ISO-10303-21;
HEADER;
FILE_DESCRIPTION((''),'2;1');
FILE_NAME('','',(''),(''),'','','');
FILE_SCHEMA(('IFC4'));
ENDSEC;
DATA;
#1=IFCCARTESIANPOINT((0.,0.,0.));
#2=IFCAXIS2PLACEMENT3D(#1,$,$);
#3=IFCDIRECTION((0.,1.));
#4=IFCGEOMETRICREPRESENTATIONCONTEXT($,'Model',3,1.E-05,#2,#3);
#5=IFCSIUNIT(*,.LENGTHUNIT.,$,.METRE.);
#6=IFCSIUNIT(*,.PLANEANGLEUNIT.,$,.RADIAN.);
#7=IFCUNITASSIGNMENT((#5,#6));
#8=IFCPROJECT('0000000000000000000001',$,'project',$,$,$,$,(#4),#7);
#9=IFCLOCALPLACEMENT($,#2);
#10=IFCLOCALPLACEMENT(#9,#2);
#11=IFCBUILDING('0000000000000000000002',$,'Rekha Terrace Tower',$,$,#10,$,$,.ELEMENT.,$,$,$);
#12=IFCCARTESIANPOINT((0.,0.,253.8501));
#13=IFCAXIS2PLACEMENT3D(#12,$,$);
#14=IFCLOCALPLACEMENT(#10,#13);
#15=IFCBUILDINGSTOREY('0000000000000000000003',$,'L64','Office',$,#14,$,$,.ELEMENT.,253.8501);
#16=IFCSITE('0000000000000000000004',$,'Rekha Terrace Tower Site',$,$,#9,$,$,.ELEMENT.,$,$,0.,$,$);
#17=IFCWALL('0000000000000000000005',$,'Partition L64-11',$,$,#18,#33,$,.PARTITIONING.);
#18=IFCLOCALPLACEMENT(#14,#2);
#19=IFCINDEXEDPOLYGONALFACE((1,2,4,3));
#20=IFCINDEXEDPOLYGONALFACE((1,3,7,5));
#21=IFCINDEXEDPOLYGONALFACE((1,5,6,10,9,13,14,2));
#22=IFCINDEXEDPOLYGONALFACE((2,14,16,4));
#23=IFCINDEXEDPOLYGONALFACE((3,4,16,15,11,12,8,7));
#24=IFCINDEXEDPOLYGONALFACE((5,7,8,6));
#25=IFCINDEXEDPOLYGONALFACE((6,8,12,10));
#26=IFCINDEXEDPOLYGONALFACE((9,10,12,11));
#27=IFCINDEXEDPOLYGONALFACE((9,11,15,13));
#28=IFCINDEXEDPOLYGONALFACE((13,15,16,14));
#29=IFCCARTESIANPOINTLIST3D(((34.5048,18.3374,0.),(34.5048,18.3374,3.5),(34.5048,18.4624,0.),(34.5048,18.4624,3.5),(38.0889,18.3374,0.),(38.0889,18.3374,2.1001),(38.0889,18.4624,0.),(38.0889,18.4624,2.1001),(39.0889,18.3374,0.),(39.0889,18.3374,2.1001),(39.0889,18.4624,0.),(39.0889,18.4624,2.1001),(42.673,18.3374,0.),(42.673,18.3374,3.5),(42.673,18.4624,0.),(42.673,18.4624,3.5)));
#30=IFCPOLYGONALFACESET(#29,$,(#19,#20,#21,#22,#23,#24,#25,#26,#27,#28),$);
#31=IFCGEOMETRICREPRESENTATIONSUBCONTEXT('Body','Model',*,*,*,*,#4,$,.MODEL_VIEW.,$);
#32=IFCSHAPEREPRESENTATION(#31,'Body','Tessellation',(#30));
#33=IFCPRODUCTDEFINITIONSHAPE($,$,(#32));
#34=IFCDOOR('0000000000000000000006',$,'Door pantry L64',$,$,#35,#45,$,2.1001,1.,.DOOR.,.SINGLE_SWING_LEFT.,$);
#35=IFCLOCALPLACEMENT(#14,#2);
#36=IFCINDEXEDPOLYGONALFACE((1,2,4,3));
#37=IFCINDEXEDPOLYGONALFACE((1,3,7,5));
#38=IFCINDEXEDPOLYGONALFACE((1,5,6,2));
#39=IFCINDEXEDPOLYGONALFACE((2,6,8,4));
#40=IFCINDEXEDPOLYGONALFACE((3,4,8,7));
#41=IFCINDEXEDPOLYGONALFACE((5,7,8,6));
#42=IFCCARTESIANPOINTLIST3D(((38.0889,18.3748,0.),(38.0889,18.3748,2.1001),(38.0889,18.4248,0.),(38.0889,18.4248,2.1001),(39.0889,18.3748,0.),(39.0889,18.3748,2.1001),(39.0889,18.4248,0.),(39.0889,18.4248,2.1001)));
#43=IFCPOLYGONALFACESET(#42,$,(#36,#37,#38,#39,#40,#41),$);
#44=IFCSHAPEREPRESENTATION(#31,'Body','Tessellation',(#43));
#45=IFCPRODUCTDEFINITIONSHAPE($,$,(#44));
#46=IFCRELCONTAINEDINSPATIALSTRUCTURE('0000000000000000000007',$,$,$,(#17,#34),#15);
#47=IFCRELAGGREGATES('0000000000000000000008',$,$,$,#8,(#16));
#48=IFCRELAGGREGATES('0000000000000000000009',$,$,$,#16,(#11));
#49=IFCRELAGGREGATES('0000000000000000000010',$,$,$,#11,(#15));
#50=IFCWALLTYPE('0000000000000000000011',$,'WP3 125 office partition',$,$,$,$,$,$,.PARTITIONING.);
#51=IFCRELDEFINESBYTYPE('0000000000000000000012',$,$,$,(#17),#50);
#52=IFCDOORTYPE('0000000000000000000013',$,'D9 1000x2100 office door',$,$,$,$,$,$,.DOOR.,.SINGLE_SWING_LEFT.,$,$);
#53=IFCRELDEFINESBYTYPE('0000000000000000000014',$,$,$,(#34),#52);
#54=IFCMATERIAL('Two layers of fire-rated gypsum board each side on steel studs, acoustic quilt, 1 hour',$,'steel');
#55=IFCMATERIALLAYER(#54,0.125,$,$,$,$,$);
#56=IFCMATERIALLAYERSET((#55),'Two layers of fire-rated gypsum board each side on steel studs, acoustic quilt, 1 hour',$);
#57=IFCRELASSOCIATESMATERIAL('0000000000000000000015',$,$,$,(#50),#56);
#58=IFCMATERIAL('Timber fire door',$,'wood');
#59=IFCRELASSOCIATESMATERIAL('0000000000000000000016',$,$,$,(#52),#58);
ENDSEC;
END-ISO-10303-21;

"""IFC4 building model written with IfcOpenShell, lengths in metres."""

from ifc_helpers import new_model, si_unit, direction, frame, frame_2d, origin, place, context, subcontext, project, spatial, rectangle, extrude, material, layer, layer_set, type_object, element, fill, save


model = new_model("IFC4")

# Units and contexts
model_context = context("Model", 3, precision=1e-05, world=origin(), true_north=direction((0.0, 1.0)))
body_context = subcontext(model_context, "Body", "Model", "MODEL_VIEW")
ifc_project = project(units=[si_unit("LENGTHUNIT", "METRE"), si_unit("PLANEANGLEUNIT", "RADIAN")], contexts=[model_context])

# Site, building, storey
site_placement = place(None, origin())
site = spatial("IfcSite", under=ifc_project, at=site_placement, Name="Rekha Terrace Tower Site", CompositionType="ELEMENT", RefElevation=0.0)
building_placement = place(site_placement, origin())
building = spatial("IfcBuilding", under=site, at=building_placement, Name="Rekha Terrace Tower", CompositionType="ELEMENT")
storey_placement = place(building_placement, frame((0.0, 0.0, 253.8501)))
storey = spatial("IfcBuildingStorey", under=building, at=storey_placement, Name="L64", Description="Office", CompositionType="ELEMENT", Elevation=253.8501)

# Shared definitions
ifc_material_1 = material(Name="Two layers of fire-rated gypsum board each side on steel studs, acoustic quilt, 1 hour", Category="steel")
ifc_layer_1 = layer(ifc_material_1, 0.125)
ifc_layer_set_1 = layer_set([ifc_layer_1], Name="Two layers of fire-rated gypsum board each side on steel studs, acoustic quilt, 1 hour")
wall_type_1 = type_object("IfcWallType", Name="WP3 125 office partition", PredefinedType="PARTITIONING", material=ifc_layer_set_1)

# Shared definitions
ifc_material_2 = material(Name="Timber fire door", Category="wood")
door_type = type_object("IfcDoorType", Name="D9 1000x2100 office door", OperationType="SINGLE_SWING_LEFT", PredefinedType="DOOR", material=ifc_material_2)

# Wall, opening, door
wall_1_placement = place(storey_placement, frame((34.5049, 18.3999, 0.0), z_axis=(0.0, 0.0, 1.0), x_axis=(1.0, 0.0, 0.0)))
wall_1 = element("IfcWall", 1, at=wall_1_placement, inside=storey, type_object=wall_type_1, Name="Partition L64-11", PredefinedType="PARTITIONING", context=body_context, shape_type="SweptSolid", body=[
    extrude(rectangle(XDim=8.1682, YDim=0.125, at=frame_2d((4.084, 0.0))), origin(), (0.0, 0.0, 1.0), 3.5),
])
opening_1_placement = place(wall_1_placement, frame((3.584, 0.0, 0.0)))
opening_1 = element("IfcOpeningElement", 2, at=opening_1_placement, cuts=wall_1, PredefinedType="OPENING", context=body_context, shape_type="SweptSolid", body=[
    extrude(rectangle(XDim=1.0, YDim=2.1001, at=frame_2d((0.5, 1.05))), frame((0.0, 0.0725, 0.0), z_axis=(0.0, -1.0, 0.0), x_axis=(1.0, 0.0, 0.0)), (0.0, 0.0, 1.0), 0.145),
])
door_1_placement = place(opening_1_placement, origin())
door_1 = element("IfcDoor", 3, at=door_1_placement, inside=storey, type_object=door_type, Name="Door pantry L64", OperationType="SINGLE_SWING_LEFT", OverallHeight=2.1001, OverallWidth=1.0, PredefinedType="DOOR", context=body_context, shape_type="SweptSolid", body=[
    extrude(rectangle(XDim=1.0, YDim=2.1001, at=frame_2d((0.5, 1.05))), frame((0.0, 0.0249, 0.0), z_axis=(0.0, -1.0, 0.0), x_axis=(1.0, 0.0, 0.0)), (0.0, 0.0, 1.0), 0.05),
])
fill(opening_1, door_1)

save(model, "model.ifc")
